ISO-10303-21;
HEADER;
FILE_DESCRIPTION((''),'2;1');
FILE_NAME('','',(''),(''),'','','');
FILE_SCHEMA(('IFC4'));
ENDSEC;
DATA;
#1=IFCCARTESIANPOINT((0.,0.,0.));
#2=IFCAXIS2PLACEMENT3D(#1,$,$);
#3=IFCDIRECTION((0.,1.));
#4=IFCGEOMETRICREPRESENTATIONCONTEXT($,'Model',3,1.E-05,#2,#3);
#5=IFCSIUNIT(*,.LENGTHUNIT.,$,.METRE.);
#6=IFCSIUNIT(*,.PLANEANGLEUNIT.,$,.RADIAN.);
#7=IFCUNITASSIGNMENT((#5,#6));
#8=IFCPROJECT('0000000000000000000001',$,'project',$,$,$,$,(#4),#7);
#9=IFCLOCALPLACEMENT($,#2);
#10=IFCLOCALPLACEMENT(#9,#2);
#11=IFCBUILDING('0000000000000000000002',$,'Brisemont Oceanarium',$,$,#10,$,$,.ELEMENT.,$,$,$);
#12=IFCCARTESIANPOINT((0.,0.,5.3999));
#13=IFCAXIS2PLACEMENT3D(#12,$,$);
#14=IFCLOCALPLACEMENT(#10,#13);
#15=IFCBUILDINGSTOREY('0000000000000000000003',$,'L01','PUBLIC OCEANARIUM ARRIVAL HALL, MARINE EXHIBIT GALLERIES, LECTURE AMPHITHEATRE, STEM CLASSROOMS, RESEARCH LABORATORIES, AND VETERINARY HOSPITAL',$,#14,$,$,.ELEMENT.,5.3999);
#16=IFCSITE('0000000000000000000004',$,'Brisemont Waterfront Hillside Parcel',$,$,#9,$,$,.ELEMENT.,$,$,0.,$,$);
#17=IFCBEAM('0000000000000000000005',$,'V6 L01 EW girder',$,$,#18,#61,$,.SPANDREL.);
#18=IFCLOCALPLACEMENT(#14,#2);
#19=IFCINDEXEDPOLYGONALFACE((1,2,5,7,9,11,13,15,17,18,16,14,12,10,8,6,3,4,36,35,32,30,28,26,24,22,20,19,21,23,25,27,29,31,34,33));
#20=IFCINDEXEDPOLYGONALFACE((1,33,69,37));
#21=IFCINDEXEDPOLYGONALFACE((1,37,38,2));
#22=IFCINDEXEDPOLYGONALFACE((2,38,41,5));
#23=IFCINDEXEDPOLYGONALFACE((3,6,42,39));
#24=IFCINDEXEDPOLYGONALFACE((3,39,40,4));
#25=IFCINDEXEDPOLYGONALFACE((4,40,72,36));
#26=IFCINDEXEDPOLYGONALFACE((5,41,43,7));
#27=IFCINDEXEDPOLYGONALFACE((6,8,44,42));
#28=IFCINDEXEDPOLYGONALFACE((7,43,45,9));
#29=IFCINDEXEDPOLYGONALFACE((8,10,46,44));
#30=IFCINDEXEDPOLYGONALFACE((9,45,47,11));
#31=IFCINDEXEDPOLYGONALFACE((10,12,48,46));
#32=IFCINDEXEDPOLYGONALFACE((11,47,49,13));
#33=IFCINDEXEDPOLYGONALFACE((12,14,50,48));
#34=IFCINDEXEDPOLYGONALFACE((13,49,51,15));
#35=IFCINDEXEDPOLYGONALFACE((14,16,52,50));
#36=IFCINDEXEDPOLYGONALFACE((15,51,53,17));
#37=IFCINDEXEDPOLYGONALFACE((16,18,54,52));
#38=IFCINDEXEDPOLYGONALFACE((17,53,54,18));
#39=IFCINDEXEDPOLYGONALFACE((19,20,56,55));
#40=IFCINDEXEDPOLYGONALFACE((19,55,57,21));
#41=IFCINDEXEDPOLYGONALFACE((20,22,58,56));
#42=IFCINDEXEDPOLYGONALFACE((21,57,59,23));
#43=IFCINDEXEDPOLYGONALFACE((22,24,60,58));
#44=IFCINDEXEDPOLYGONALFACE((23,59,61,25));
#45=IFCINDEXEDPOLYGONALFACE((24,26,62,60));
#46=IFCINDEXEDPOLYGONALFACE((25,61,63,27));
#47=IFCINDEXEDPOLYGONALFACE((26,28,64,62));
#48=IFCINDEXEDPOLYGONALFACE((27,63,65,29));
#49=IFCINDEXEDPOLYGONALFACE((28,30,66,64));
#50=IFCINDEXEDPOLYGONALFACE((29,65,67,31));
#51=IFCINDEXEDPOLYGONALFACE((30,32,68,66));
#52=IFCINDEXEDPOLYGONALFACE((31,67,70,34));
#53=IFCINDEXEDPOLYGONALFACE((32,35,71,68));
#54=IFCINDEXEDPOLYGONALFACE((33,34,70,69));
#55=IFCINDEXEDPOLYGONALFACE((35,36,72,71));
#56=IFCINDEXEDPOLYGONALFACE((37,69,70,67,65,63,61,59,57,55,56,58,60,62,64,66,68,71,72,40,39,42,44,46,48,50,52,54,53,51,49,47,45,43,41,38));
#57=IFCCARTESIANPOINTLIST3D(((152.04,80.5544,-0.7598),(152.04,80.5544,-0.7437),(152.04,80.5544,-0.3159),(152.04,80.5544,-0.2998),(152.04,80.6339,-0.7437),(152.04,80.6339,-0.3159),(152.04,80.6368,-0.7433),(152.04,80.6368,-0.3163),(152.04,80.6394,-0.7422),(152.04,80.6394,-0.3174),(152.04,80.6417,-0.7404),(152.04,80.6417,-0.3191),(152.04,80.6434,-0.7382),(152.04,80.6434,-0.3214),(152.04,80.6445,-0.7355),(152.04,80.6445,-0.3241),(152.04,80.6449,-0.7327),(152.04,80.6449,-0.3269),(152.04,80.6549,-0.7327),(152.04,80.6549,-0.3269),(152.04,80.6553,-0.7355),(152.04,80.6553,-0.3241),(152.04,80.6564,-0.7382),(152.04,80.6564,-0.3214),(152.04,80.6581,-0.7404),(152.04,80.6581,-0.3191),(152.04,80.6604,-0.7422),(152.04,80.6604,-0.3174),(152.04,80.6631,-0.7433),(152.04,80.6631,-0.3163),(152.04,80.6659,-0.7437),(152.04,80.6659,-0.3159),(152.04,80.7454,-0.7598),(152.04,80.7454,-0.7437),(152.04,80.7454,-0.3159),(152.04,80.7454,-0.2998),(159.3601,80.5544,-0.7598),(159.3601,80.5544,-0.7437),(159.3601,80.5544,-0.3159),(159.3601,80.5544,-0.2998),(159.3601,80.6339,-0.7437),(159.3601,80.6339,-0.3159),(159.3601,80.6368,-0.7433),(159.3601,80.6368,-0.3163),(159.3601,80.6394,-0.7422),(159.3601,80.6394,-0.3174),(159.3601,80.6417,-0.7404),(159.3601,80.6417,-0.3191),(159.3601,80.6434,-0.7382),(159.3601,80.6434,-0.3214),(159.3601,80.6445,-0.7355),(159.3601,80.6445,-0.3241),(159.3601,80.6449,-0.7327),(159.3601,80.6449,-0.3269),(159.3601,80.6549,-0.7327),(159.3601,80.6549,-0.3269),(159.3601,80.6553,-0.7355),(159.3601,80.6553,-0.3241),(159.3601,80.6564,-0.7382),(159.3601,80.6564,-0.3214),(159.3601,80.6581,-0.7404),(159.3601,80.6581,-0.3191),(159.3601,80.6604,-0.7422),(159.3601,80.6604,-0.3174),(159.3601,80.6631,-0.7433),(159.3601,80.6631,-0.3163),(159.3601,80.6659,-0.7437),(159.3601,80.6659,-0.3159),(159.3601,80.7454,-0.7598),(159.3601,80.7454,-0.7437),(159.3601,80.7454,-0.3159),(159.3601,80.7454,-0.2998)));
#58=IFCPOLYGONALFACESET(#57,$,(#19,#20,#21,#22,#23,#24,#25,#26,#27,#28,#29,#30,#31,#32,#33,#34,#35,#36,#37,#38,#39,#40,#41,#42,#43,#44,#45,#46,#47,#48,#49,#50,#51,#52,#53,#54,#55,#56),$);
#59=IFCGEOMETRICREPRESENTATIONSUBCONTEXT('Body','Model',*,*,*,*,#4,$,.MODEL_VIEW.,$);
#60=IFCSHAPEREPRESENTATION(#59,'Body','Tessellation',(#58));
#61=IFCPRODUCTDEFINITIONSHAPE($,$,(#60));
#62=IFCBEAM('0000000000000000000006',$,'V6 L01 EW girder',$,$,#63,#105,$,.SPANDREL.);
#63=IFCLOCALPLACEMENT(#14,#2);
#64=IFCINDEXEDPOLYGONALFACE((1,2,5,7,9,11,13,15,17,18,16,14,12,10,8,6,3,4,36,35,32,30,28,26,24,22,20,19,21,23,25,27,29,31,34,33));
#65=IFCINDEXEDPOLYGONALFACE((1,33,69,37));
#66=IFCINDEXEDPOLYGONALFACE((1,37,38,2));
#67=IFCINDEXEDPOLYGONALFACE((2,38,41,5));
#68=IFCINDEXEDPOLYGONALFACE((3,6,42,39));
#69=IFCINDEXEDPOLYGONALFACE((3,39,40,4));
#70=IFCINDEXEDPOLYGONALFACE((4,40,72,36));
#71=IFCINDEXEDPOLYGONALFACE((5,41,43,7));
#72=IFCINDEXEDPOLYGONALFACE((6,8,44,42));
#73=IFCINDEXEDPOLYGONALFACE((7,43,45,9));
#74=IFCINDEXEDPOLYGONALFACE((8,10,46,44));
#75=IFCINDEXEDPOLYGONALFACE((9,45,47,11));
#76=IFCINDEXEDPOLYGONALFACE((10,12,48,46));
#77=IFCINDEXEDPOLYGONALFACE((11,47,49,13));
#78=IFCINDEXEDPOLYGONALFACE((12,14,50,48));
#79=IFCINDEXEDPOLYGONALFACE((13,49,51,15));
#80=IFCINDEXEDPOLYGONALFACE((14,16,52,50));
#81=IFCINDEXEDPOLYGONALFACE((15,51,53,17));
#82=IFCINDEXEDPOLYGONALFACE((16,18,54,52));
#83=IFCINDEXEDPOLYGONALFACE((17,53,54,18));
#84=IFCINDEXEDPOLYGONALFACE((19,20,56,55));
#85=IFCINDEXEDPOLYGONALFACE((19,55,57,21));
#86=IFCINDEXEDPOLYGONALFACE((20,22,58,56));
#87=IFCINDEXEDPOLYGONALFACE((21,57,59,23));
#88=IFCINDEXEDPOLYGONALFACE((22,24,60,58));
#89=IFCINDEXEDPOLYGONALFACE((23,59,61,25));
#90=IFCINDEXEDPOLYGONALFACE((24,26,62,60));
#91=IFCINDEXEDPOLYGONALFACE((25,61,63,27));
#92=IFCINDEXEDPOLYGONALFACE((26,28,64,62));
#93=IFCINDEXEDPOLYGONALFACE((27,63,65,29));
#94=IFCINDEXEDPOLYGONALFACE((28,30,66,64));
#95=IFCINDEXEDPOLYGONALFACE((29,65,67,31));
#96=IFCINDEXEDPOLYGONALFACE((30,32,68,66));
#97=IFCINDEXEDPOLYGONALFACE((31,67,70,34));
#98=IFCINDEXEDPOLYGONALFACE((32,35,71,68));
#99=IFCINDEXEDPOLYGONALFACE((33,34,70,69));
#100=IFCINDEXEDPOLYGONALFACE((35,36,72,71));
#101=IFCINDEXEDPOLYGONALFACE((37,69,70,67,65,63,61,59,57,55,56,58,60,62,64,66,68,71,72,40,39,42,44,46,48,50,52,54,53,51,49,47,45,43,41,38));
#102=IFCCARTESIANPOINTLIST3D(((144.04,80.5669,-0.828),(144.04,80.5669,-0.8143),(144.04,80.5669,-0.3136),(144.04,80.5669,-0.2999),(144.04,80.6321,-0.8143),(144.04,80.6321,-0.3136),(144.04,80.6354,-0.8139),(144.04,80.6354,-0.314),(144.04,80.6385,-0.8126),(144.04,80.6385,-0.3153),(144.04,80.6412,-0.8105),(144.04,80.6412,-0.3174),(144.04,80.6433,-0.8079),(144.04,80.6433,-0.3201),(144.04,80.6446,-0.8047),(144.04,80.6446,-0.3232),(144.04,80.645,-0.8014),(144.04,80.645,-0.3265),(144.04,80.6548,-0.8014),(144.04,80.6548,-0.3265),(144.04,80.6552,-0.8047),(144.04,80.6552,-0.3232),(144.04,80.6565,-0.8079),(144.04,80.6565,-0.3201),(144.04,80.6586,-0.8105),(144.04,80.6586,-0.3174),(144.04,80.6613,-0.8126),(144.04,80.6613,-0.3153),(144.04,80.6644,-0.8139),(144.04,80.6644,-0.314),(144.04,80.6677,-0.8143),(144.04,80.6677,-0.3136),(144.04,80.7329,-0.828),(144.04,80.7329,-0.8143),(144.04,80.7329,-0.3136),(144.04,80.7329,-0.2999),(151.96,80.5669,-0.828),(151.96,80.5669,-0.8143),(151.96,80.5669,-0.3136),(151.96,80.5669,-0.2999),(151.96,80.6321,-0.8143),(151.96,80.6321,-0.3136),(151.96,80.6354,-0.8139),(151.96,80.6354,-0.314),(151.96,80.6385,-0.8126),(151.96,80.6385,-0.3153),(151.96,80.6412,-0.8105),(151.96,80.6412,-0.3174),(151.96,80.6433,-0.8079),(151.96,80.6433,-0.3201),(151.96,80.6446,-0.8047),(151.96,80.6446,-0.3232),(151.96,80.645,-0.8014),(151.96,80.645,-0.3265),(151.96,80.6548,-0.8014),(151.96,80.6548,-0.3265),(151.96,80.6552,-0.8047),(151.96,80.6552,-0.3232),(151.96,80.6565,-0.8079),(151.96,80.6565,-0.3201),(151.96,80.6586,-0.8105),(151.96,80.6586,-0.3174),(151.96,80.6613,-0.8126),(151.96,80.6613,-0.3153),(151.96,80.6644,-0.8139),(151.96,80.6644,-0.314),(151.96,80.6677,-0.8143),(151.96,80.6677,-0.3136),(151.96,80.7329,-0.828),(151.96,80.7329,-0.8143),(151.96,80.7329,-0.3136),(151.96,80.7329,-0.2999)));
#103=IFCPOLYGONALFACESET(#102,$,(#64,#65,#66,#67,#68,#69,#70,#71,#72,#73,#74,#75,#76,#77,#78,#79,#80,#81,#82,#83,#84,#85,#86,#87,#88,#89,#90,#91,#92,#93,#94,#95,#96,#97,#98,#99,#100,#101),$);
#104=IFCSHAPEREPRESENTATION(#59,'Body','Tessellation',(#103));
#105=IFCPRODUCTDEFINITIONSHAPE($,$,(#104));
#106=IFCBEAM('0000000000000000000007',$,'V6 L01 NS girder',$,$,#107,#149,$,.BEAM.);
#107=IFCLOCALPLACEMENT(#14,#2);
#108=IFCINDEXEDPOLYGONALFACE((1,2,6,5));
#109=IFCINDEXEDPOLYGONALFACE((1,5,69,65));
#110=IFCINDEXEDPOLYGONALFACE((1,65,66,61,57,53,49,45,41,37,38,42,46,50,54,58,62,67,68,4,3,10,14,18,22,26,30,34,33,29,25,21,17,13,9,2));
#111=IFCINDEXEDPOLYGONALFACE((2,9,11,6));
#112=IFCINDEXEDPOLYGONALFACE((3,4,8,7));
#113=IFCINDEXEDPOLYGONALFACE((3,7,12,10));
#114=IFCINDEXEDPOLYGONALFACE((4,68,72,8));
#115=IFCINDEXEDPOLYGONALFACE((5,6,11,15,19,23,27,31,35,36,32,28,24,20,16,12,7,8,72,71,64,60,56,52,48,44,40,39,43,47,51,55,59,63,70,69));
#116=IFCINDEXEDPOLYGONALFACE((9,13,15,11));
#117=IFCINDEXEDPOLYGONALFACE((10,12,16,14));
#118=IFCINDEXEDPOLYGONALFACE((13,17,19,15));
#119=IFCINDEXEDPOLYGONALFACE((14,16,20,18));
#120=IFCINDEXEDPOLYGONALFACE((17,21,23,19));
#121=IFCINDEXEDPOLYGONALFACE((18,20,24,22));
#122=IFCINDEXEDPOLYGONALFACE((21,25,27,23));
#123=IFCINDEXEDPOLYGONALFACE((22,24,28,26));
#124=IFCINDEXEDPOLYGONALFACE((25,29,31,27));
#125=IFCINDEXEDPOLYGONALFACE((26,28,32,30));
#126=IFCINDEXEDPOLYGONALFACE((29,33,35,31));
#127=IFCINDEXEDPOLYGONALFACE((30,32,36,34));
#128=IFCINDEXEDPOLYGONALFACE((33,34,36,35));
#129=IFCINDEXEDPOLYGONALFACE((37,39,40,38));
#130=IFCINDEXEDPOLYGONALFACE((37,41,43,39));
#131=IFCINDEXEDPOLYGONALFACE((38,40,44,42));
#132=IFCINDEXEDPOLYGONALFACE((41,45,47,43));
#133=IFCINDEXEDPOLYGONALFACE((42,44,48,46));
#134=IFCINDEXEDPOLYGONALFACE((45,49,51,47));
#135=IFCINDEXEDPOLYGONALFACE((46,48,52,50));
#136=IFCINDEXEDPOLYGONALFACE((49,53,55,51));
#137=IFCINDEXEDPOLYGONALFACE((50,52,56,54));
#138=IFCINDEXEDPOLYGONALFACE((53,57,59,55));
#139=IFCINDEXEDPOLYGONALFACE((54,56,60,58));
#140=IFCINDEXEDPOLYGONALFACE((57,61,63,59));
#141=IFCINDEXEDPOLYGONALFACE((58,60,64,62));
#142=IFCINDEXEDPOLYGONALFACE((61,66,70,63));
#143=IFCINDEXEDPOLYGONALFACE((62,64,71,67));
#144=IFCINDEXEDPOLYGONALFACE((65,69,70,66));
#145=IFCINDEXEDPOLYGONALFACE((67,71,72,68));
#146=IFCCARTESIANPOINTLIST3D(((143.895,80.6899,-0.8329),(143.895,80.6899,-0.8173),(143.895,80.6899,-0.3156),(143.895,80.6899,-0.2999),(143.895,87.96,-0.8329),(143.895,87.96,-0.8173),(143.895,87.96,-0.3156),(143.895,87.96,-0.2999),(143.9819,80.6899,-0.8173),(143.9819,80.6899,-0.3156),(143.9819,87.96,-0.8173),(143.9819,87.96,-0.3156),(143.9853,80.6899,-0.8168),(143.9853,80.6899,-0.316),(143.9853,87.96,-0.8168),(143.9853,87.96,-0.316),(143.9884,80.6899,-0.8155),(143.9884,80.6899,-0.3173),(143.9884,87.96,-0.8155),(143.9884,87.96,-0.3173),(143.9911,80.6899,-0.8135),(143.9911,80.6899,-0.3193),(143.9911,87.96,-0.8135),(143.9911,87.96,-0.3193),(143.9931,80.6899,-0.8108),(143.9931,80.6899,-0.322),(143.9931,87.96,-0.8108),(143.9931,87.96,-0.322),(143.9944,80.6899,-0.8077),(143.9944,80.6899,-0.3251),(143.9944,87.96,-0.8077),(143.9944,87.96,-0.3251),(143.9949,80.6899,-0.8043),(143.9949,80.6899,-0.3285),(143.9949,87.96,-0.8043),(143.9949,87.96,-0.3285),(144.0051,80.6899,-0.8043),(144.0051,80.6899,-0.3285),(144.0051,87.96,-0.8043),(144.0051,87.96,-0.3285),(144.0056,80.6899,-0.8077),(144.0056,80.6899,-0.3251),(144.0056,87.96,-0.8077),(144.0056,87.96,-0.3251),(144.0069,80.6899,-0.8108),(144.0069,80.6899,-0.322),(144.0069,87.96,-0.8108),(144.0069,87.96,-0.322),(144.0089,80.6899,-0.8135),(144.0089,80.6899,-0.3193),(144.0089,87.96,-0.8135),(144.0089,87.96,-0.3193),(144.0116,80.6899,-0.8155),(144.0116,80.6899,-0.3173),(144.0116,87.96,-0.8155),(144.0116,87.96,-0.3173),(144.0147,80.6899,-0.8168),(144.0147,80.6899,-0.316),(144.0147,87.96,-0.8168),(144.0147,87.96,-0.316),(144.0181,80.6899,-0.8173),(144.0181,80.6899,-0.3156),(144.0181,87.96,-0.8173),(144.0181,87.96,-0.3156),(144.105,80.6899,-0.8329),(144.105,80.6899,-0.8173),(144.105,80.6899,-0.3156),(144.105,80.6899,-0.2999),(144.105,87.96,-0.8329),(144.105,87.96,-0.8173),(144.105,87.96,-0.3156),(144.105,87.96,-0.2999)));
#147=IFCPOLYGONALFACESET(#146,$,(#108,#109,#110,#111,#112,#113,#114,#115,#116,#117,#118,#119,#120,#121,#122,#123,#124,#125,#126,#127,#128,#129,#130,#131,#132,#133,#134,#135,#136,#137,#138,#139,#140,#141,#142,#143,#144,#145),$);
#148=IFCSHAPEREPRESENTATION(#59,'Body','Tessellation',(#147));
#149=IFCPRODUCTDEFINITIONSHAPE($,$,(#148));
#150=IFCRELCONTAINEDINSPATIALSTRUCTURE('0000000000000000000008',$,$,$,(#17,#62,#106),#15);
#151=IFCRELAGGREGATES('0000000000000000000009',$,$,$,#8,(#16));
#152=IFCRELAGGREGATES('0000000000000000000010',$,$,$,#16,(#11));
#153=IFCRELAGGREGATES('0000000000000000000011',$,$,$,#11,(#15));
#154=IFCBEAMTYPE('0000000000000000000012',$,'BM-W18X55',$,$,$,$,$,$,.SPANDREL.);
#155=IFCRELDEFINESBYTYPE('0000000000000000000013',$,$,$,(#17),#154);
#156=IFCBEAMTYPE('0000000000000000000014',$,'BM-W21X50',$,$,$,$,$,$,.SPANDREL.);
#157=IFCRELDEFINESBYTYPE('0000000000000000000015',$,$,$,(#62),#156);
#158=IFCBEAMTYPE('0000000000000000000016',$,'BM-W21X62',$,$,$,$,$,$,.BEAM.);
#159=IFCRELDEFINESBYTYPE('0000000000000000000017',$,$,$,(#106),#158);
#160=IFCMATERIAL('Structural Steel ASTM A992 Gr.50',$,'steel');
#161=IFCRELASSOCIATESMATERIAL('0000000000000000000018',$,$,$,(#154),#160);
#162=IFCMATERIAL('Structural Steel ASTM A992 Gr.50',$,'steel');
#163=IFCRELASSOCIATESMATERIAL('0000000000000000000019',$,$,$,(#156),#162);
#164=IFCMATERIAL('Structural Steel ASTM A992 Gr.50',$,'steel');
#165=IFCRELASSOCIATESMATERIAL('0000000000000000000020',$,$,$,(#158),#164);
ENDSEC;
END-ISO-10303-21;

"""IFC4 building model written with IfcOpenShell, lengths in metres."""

from ifc_helpers import new_model, si_unit, direction, frame, origin, origin_2d, place, context, subcontext, project, spatial, i_section, extrude, material, material_profile, profile_set, type_object, element, save


model = new_model("IFC4")

# Units and contexts
model_context = context("Model", 3, precision=1e-05, world=origin(), true_north=direction((0.0, 1.0)))
body_context = subcontext(model_context, "Body", "Model", "MODEL_VIEW")
ifc_project = project(units=[si_unit("LENGTHUNIT", "METRE"), si_unit("PLANEANGLEUNIT", "RADIAN")], contexts=[model_context])

# Site, building, storey
site_placement = place(None, origin())
site = spatial("IfcSite", under=ifc_project, at=site_placement, Name="Brisemont Waterfront Hillside Parcel", CompositionType="ELEMENT", RefElevation=0.0)
building_placement = place(site_placement, origin())
building = spatial("IfcBuilding", under=site, at=building_placement, Name="Brisemont Oceanarium", CompositionType="ELEMENT")
storey_placement = place(building_placement, frame((0.0, 0.0, 5.3999)))
storey = spatial("IfcBuildingStorey", under=building, at=storey_placement, Name="L01", Description="PUBLIC OCEANARIUM ARRIVAL HALL, MARINE EXHIBIT GALLERIES, LECTURE AMPHITHEATRE, STEM CLASSROOMS, RESEARCH LABORATORIES, AND VETERINARY HOSPITAL", CompositionType="ELEMENT", Elevation=5.3999)

# Beams
ifc_material_1 = material(Name="Structural Steel ASTM A992 Gr.50", Category="steel")
ifc_material_profile_1 = material_profile(ifc_material_1, i_section(OverallWidth=0.1909, OverallDepth=0.46, WebThickness=0.01, FlangeThickness=0.0161, FilletRadius=0.011, at=origin_2d()), Name="W18X55")
ifc_profile_set_1 = profile_set([ifc_material_profile_1], Name="Structural Steel ASTM A992 Gr.50")
beam_type_1 = type_object("IfcBeamType", Name="BM-W18X55", PredefinedType="SPANDREL", material=ifc_profile_set_1)
beam_1_placement = place(storey_placement, frame((152.04, 80.6499, -0.5298), z_axis=(1.0, 0.0, 0.0), x_axis=(0.0, 1.0, 0.0)))
element("IfcBeam", 1, at=beam_1_placement, inside=storey, type_object=beam_type_1, Name="V6 L01 EW girder", PredefinedType="SPANDREL", context=body_context, shape_type="SweptSolid", body=[
    extrude(i_section(OverallWidth=0.1909, OverallDepth=0.46, WebThickness=0.01, FlangeThickness=0.0161, FilletRadius=0.011, at=origin_2d()), origin(), (0.0, 0.0, 1.0), 7.3201),
])
ifc_material_2 = material(Name="Structural Steel ASTM A992 Gr.50", Category="steel")
ifc_material_profile_2 = material_profile(ifc_material_2, i_section(OverallWidth=0.166, OverallDepth=0.5281, WebThickness=0.0098, FlangeThickness=0.0137, FilletRadius=0.0129, at=origin_2d()), Name="W21X50")
ifc_profile_set_2 = profile_set([ifc_material_profile_2], Name="Structural Steel ASTM A992 Gr.50")
beam_type_2 = type_object("IfcBeamType", Name="BM-W21X50", PredefinedType="SPANDREL", material=ifc_profile_set_2)
beam_2_placement = place(storey_placement, frame((144.04, 80.6499, -0.564), z_axis=(1.0, 0.0, 0.0), x_axis=(0.0, 1.0, 0.0)))
element("IfcBeam", 2, at=beam_2_placement, inside=storey, type_object=beam_type_2, Name="V6 L01 EW girder", PredefinedType="SPANDREL", context=body_context, shape_type="SweptSolid", body=[
    extrude(i_section(OverallWidth=0.166, OverallDepth=0.5281, WebThickness=0.0098, FlangeThickness=0.0137, FilletRadius=0.0129, at=origin_2d()), origin(), (0.0, 0.0, 1.0), 7.9199),
])
ifc_material_3 = material(Name="Structural Steel ASTM A992 Gr.50", Category="steel")
ifc_material_profile_3 = material_profile(ifc_material_3, i_section(OverallWidth=0.21, OverallDepth=0.533, WebThickness=0.0103, FlangeThickness=0.0156, FilletRadius=0.0129, at=origin_2d()), Name="W21X62")
ifc_profile_set_3 = profile_set([ifc_material_profile_3], Name="Structural Steel ASTM A992 Gr.50")
beam_type_3 = type_object("IfcBeamType", Name="BM-W21X62", PredefinedType="BEAM", material=ifc_profile_set_3)
beam_3_placement = place(storey_placement, frame((144.0, 80.6899, -0.5664), z_axis=(0.0, 1.0, 0.0), x_axis=(-1.0, 0.0, 0.0)))
element("IfcBeam", 3, at=beam_3_placement, inside=storey, type_object=beam_type_3, Name="V6 L01 NS girder", PredefinedType="BEAM", context=body_context, shape_type="SweptSolid", body=[
    extrude(i_section(OverallWidth=0.21, OverallDepth=0.533, WebThickness=0.0103, FlangeThickness=0.0156, FilletRadius=0.0129, at=origin_2d()), origin(), (0.0, 0.0, 1.0), 7.27),
])

save(model, "model.ifc")
